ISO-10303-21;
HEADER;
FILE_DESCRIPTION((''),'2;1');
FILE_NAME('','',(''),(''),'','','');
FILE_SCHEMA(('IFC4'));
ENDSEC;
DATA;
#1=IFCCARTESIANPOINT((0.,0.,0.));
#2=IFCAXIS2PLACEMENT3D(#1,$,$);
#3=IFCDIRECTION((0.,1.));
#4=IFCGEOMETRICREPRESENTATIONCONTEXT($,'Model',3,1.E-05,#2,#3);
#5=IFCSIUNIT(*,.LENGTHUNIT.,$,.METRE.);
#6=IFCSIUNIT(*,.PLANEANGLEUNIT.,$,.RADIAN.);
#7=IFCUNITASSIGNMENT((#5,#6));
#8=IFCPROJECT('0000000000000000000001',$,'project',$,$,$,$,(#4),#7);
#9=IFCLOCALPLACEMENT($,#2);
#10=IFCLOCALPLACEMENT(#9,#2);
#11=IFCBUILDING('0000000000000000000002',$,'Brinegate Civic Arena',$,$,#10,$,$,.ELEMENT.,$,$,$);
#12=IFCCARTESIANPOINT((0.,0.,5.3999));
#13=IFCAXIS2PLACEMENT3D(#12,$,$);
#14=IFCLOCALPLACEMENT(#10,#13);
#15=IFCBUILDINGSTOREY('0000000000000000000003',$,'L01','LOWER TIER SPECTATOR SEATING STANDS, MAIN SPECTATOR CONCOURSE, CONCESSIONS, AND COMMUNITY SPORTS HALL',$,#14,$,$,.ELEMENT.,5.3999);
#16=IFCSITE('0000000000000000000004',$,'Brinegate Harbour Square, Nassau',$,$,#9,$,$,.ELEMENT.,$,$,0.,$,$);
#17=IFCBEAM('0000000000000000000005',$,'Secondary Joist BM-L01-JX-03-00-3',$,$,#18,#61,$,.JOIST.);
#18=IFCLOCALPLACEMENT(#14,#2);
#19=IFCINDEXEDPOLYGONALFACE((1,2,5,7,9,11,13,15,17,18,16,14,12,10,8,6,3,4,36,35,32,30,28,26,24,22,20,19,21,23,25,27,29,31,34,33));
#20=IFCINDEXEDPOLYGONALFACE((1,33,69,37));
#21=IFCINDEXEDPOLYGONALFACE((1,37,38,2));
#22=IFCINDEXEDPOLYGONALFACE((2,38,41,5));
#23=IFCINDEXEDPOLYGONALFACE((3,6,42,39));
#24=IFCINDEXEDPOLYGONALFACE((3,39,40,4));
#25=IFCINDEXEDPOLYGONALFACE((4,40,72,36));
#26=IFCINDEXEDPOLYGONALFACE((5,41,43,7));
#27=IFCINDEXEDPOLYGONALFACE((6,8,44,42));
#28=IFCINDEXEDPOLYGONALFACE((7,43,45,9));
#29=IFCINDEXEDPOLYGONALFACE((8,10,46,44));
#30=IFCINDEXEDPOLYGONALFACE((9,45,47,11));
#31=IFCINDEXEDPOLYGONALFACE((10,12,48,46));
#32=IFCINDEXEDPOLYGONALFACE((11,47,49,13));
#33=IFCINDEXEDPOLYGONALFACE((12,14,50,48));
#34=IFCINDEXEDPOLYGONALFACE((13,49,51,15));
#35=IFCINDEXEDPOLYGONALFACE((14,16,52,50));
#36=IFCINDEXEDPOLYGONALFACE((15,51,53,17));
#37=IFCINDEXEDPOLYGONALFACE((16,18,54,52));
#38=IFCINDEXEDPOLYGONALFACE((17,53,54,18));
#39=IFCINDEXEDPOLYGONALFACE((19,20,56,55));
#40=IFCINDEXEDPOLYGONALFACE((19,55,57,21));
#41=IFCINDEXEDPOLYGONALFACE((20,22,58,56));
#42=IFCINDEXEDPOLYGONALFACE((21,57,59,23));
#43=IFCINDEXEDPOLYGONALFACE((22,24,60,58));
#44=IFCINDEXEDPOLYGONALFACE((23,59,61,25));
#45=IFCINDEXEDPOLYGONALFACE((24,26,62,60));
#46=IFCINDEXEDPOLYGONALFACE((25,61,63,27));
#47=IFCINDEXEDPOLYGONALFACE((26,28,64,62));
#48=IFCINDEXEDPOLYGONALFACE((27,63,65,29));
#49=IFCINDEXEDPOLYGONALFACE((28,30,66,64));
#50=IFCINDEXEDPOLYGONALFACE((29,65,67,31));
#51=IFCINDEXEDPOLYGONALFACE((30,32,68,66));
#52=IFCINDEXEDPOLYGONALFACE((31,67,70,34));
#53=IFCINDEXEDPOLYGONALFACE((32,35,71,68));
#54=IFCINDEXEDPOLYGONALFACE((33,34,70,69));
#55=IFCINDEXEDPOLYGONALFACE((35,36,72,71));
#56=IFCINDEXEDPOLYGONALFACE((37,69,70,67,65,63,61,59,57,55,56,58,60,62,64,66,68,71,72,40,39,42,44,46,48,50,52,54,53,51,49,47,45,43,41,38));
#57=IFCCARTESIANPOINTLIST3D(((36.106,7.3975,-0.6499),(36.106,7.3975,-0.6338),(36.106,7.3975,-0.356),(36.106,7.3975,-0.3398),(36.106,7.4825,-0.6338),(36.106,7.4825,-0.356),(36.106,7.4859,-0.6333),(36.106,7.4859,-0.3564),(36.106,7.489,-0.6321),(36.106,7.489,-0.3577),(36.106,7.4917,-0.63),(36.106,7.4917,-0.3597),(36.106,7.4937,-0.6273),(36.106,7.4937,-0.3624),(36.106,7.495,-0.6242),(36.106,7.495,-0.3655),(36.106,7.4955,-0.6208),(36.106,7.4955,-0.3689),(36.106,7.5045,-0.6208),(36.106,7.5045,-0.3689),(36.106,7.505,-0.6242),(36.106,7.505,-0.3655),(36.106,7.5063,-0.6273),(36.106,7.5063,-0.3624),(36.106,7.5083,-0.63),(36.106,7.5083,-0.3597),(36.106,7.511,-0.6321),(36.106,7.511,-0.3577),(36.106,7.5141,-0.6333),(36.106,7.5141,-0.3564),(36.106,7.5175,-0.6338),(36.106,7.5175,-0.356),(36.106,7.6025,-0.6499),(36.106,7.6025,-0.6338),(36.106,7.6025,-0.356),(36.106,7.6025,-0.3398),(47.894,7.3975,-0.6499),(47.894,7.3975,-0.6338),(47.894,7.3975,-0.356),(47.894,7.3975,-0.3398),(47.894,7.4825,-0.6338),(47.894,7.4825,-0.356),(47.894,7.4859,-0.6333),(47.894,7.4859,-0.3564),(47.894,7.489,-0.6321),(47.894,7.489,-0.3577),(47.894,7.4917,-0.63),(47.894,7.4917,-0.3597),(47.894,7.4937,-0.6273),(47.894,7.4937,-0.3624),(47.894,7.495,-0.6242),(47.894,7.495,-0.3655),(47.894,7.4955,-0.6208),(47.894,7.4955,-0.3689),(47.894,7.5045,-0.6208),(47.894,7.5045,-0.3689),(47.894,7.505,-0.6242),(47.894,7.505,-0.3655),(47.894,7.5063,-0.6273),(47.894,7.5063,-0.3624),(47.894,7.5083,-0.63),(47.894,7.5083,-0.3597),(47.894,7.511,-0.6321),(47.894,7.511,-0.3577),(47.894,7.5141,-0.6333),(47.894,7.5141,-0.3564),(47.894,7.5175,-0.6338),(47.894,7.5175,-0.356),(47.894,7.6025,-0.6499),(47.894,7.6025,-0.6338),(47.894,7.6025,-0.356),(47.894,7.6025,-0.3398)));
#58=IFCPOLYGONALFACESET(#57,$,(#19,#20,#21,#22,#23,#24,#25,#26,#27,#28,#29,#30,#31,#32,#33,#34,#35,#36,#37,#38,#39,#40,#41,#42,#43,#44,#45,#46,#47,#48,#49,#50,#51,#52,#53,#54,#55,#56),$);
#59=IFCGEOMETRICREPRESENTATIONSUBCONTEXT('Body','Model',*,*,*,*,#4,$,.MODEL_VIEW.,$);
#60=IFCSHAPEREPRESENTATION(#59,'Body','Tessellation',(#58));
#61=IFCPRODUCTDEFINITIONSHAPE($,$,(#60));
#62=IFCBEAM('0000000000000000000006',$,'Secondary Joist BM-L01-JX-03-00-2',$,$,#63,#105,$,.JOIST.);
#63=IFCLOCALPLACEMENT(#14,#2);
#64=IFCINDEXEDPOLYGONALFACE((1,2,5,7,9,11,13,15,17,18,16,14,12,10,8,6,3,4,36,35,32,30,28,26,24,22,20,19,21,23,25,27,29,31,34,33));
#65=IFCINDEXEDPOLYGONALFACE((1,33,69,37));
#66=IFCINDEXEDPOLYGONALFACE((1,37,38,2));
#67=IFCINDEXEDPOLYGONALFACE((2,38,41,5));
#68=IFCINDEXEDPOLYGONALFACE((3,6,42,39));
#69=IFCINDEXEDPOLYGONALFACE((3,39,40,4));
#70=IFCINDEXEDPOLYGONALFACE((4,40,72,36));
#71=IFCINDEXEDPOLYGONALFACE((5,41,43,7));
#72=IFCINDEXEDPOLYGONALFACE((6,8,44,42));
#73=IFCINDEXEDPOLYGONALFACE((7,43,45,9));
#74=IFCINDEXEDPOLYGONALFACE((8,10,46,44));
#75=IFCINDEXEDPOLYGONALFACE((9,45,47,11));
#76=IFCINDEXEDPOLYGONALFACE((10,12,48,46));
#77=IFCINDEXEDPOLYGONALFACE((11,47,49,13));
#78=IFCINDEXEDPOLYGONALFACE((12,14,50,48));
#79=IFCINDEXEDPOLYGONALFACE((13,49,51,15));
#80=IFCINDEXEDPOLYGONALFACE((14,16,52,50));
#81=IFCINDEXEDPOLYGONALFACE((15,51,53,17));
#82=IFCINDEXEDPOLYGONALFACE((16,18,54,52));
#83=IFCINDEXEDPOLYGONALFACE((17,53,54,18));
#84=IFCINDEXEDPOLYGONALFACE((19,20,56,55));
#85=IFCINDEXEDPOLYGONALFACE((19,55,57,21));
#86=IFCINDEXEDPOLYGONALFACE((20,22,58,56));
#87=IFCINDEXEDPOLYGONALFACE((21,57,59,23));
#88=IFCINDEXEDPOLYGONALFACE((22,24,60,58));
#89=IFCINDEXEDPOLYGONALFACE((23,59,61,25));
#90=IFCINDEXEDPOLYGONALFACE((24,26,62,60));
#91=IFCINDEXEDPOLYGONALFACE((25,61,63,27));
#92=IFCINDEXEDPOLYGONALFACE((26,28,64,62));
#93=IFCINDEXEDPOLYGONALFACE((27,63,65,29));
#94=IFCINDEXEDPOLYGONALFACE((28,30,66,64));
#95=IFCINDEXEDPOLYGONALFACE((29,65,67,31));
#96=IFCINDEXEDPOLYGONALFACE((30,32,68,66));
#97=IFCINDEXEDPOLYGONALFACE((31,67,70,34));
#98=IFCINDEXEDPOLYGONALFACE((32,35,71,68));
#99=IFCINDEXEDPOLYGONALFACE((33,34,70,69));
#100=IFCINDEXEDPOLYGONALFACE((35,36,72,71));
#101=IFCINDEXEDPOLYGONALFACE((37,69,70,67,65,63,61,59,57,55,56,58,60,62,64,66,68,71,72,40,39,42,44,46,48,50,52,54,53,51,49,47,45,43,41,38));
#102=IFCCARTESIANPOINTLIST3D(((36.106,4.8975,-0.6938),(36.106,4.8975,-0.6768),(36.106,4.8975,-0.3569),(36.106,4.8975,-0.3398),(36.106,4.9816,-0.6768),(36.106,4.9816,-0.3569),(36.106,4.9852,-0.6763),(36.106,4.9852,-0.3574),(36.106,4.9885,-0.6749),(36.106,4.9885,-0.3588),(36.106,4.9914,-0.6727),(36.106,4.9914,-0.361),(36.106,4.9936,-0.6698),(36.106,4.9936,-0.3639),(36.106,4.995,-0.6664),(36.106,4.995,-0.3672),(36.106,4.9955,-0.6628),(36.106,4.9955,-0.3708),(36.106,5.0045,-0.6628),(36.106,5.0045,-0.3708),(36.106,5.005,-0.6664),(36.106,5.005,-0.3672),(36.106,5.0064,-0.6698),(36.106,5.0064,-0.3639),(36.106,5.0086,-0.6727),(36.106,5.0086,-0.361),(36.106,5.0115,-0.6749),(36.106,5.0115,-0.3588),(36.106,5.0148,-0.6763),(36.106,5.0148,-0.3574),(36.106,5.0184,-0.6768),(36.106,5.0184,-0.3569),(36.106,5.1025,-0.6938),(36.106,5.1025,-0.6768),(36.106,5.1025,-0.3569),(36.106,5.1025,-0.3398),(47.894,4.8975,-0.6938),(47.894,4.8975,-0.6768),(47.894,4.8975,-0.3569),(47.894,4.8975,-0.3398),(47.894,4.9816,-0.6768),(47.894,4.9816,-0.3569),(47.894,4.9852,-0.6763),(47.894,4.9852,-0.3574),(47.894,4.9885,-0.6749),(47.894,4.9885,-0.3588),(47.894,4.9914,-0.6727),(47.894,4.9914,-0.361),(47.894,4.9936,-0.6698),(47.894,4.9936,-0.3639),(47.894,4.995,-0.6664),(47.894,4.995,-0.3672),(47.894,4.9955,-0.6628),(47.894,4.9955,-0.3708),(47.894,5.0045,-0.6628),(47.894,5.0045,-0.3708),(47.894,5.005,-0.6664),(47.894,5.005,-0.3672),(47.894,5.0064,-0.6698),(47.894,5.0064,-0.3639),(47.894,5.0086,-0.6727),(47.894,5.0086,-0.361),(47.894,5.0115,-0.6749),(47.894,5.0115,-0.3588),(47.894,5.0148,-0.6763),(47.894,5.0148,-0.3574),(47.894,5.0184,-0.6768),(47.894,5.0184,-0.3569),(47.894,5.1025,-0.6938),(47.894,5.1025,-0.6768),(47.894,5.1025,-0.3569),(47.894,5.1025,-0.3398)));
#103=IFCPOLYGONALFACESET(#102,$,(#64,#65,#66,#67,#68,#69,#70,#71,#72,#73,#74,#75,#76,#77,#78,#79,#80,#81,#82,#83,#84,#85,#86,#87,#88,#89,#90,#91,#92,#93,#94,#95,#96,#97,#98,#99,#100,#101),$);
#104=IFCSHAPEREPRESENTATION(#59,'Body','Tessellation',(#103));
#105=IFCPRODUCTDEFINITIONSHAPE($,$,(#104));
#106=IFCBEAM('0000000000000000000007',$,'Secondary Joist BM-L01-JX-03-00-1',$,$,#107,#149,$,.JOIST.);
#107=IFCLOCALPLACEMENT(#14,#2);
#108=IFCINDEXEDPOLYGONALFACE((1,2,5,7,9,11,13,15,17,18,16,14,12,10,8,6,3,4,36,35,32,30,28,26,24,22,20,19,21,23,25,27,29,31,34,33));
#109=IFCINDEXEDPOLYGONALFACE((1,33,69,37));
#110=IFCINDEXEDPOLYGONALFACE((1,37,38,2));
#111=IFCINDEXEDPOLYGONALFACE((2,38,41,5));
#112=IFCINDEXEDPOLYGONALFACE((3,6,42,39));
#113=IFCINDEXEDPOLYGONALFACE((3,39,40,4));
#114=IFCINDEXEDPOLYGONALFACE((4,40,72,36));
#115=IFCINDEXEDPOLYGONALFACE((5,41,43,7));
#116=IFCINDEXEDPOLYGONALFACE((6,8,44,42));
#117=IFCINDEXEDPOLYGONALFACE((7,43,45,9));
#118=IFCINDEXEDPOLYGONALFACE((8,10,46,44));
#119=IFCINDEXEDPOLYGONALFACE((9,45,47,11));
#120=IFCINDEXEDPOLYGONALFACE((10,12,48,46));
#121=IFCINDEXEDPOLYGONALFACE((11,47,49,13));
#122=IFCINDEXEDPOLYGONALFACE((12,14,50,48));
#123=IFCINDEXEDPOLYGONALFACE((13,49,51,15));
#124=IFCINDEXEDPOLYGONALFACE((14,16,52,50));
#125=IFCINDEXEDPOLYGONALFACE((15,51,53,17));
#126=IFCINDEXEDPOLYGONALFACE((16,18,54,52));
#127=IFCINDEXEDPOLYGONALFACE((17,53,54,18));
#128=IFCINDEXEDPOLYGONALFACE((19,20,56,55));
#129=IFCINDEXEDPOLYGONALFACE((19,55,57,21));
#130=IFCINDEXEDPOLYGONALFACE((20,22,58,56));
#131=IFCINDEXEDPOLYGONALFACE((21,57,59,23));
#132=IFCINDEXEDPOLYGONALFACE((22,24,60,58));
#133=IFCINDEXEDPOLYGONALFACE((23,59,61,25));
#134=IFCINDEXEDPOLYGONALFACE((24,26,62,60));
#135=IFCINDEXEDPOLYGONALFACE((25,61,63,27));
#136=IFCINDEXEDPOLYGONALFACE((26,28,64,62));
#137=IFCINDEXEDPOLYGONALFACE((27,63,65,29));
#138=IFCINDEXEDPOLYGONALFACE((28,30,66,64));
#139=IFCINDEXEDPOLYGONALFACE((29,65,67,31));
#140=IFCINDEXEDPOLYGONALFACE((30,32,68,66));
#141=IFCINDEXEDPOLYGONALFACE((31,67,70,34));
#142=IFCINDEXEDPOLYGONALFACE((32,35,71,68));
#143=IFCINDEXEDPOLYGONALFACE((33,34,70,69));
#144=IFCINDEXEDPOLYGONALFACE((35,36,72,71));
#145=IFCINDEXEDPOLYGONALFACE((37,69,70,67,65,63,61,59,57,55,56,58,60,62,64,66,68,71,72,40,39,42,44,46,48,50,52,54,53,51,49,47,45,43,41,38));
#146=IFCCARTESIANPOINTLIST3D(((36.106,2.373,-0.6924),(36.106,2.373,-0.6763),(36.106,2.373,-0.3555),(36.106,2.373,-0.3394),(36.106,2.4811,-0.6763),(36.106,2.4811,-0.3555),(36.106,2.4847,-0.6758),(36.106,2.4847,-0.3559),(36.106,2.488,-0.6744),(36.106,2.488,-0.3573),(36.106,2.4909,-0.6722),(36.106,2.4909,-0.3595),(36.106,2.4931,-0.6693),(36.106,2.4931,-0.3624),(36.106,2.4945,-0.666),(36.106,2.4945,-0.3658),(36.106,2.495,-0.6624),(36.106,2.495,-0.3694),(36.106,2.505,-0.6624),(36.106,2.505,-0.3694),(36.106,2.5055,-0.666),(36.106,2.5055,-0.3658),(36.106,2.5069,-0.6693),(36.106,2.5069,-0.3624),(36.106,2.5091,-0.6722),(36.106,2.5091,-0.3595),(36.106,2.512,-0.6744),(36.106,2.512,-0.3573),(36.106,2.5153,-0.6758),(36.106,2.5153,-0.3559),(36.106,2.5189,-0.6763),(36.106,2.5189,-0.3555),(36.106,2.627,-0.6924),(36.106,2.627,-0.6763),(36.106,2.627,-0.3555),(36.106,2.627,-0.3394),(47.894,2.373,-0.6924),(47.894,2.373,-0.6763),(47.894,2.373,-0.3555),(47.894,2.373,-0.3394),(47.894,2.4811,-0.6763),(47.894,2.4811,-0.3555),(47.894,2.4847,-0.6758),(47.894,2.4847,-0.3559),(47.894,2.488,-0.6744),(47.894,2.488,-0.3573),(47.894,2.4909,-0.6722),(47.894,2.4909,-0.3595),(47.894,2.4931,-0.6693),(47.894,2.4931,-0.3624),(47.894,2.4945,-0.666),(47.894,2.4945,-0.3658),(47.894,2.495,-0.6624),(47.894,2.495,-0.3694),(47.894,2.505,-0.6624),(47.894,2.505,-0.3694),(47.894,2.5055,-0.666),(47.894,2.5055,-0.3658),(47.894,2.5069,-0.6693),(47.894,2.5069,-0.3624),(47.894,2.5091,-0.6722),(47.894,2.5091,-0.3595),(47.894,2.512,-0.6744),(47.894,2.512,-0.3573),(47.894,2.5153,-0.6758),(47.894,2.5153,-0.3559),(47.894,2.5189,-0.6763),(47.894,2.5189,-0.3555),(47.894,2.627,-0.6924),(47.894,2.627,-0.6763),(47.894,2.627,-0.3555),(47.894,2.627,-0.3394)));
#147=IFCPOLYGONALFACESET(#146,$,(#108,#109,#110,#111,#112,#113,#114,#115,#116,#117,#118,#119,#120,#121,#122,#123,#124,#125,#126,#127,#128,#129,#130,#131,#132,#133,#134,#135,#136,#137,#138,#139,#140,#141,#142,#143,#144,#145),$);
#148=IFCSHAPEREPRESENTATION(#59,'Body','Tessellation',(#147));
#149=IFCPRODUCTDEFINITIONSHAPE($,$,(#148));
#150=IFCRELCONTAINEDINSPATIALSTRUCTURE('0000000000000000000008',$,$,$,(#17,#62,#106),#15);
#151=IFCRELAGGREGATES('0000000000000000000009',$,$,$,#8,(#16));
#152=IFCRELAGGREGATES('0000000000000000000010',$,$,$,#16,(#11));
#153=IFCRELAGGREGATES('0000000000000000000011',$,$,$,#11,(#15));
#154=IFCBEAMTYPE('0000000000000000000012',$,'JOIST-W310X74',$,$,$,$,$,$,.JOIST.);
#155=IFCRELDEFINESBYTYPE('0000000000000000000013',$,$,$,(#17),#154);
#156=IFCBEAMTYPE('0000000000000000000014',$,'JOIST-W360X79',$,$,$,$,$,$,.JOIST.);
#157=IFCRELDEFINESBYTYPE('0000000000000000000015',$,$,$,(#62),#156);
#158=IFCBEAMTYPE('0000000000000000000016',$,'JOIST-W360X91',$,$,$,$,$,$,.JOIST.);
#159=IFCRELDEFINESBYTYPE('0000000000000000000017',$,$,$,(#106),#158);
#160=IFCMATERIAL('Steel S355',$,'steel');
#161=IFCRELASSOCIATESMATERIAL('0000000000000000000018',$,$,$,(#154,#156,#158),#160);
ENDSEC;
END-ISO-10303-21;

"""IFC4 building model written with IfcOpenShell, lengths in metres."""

from ifc_helpers import new_model, si_unit, direction, frame, origin, origin_2d, place, context, subcontext, project, spatial, i_section, extrude, material, material_profile, profile_set, type_object, element, save


model = new_model("IFC4")

# Units and contexts
model_context = context("Model", 3, precision=1e-05, world=origin(), true_north=direction((0.0, 1.0)))
body_context = subcontext(model_context, "Body", "Model", "MODEL_VIEW")
ifc_project = project(units=[si_unit("LENGTHUNIT", "METRE"), si_unit("PLANEANGLEUNIT", "RADIAN")], contexts=[model_context])

# Site, building, storey
site_placement = place(None, origin())
site = spatial("IfcSite", under=ifc_project, at=site_placement, Name="Brinegate Harbour Square, Nassau", CompositionType="ELEMENT", RefElevation=0.0)
building_placement = place(site_placement, origin())
building = spatial("IfcBuilding", under=site, at=building_placement, Name="Brinegate Civic Arena", CompositionType="ELEMENT")
storey_placement = place(building_placement, frame((0.0, 0.0, 5.3999)))
storey = spatial("IfcBuildingStorey", under=building, at=storey_placement, Name="L01", Description="LOWER TIER SPECTATOR SEATING STANDS, MAIN SPECTATOR CONCOURSE, CONCESSIONS, AND COMMUNITY SPORTS HALL", CompositionType="ELEMENT", Elevation=5.3999)

# Shared definitions
ifc_material_1 = material(Name="Steel S355", Category="steel")

# Beams
ifc_material_profile_1 = material_profile(ifc_material_1, i_section(OverallWidth=0.2051, OverallDepth=0.3101, WebThickness=0.009, FlangeThickness=0.0161, FilletRadius=0.0129, at=origin_2d()), Name="W310X74")
ifc_profile_set_1 = profile_set([ifc_material_profile_1], Name="Steel S355")
beam_type_1 = type_object("IfcBeamType", Name="JOIST-W310X74", PredefinedType="JOIST", material=ifc_profile_set_1)
beam_1_placement = place(storey_placement, frame((36.106, 7.5, -0.4949), z_axis=(1.0, 0.0, 0.0), x_axis=(0.0, 1.0, 0.0)))
element("IfcBeam", 1, at=beam_1_placement, inside=storey, type_object=beam_type_1, Name="Secondary Joist BM-L01-JX-03-00-3", PredefinedType="JOIST", context=body_context, shape_type="SweptSolid", body=[
    extrude(i_section(OverallWidth=0.2051, OverallDepth=0.3101, WebThickness=0.009, FlangeThickness=0.0161, FilletRadius=0.0129, at=origin_2d()), origin(), (0.0, 0.0, 1.0), 11.7881),
])
ifc_material_profile_2 = material_profile(ifc_material_1, i_section(OverallWidth=0.2051, OverallDepth=0.354, WebThickness=0.009, FlangeThickness=0.0171, FilletRadius=0.0139, at=origin_2d()), Name="W360X79")
ifc_profile_set_2 = profile_set([ifc_material_profile_2], Name="Steel S355")
beam_type_2 = type_object("IfcBeamType", Name="JOIST-W360X79", PredefinedType="JOIST", material=ifc_profile_set_2)
beam_2_placement = place(storey_placement, frame((36.106, 5.0, -0.5168), z_axis=(1.0, 0.0, 0.0), x_axis=(0.0, 1.0, 0.0)))
element("IfcBeam", 2, at=beam_2_placement, inside=storey, type_object=beam_type_2, Name="Secondary Joist BM-L01-JX-03-00-2", PredefinedType="JOIST", context=body_context, shape_type="SweptSolid", body=[
    extrude(i_section(OverallWidth=0.2051, OverallDepth=0.354, WebThickness=0.009, FlangeThickness=0.0171, FilletRadius=0.0139, at=origin_2d()), origin(), (0.0, 0.0, 1.0), 11.7881),
])
ifc_material_profile_3 = material_profile(ifc_material_1, i_section(OverallWidth=0.2539, OverallDepth=0.353, WebThickness=0.01, FlangeThickness=0.0161, FilletRadius=0.0139, at=origin_2d()), Name="W360X91")
ifc_profile_set_3 = profile_set([ifc_material_profile_3], Name="Steel S355")
beam_type_3 = type_object("IfcBeamType", Name="JOIST-W360X91", PredefinedType="JOIST", material=ifc_profile_set_3)
beam_3_placement = place(storey_placement, frame((36.106, 2.5, -0.5159), z_axis=(1.0, 0.0, 0.0), x_axis=(0.0, 1.0, 0.0)))
element("IfcBeam", 3, at=beam_3_placement, inside=storey, type_object=beam_type_3, Name="Secondary Joist BM-L01-JX-03-00-1", PredefinedType="JOIST", context=body_context, shape_type="SweptSolid", body=[
    extrude(i_section(OverallWidth=0.2539, OverallDepth=0.353, WebThickness=0.01, FlangeThickness=0.0161, FilletRadius=0.0139, at=origin_2d()), origin(), (0.0, 0.0, 1.0), 11.7881),
])

save(model, "model.ifc")
